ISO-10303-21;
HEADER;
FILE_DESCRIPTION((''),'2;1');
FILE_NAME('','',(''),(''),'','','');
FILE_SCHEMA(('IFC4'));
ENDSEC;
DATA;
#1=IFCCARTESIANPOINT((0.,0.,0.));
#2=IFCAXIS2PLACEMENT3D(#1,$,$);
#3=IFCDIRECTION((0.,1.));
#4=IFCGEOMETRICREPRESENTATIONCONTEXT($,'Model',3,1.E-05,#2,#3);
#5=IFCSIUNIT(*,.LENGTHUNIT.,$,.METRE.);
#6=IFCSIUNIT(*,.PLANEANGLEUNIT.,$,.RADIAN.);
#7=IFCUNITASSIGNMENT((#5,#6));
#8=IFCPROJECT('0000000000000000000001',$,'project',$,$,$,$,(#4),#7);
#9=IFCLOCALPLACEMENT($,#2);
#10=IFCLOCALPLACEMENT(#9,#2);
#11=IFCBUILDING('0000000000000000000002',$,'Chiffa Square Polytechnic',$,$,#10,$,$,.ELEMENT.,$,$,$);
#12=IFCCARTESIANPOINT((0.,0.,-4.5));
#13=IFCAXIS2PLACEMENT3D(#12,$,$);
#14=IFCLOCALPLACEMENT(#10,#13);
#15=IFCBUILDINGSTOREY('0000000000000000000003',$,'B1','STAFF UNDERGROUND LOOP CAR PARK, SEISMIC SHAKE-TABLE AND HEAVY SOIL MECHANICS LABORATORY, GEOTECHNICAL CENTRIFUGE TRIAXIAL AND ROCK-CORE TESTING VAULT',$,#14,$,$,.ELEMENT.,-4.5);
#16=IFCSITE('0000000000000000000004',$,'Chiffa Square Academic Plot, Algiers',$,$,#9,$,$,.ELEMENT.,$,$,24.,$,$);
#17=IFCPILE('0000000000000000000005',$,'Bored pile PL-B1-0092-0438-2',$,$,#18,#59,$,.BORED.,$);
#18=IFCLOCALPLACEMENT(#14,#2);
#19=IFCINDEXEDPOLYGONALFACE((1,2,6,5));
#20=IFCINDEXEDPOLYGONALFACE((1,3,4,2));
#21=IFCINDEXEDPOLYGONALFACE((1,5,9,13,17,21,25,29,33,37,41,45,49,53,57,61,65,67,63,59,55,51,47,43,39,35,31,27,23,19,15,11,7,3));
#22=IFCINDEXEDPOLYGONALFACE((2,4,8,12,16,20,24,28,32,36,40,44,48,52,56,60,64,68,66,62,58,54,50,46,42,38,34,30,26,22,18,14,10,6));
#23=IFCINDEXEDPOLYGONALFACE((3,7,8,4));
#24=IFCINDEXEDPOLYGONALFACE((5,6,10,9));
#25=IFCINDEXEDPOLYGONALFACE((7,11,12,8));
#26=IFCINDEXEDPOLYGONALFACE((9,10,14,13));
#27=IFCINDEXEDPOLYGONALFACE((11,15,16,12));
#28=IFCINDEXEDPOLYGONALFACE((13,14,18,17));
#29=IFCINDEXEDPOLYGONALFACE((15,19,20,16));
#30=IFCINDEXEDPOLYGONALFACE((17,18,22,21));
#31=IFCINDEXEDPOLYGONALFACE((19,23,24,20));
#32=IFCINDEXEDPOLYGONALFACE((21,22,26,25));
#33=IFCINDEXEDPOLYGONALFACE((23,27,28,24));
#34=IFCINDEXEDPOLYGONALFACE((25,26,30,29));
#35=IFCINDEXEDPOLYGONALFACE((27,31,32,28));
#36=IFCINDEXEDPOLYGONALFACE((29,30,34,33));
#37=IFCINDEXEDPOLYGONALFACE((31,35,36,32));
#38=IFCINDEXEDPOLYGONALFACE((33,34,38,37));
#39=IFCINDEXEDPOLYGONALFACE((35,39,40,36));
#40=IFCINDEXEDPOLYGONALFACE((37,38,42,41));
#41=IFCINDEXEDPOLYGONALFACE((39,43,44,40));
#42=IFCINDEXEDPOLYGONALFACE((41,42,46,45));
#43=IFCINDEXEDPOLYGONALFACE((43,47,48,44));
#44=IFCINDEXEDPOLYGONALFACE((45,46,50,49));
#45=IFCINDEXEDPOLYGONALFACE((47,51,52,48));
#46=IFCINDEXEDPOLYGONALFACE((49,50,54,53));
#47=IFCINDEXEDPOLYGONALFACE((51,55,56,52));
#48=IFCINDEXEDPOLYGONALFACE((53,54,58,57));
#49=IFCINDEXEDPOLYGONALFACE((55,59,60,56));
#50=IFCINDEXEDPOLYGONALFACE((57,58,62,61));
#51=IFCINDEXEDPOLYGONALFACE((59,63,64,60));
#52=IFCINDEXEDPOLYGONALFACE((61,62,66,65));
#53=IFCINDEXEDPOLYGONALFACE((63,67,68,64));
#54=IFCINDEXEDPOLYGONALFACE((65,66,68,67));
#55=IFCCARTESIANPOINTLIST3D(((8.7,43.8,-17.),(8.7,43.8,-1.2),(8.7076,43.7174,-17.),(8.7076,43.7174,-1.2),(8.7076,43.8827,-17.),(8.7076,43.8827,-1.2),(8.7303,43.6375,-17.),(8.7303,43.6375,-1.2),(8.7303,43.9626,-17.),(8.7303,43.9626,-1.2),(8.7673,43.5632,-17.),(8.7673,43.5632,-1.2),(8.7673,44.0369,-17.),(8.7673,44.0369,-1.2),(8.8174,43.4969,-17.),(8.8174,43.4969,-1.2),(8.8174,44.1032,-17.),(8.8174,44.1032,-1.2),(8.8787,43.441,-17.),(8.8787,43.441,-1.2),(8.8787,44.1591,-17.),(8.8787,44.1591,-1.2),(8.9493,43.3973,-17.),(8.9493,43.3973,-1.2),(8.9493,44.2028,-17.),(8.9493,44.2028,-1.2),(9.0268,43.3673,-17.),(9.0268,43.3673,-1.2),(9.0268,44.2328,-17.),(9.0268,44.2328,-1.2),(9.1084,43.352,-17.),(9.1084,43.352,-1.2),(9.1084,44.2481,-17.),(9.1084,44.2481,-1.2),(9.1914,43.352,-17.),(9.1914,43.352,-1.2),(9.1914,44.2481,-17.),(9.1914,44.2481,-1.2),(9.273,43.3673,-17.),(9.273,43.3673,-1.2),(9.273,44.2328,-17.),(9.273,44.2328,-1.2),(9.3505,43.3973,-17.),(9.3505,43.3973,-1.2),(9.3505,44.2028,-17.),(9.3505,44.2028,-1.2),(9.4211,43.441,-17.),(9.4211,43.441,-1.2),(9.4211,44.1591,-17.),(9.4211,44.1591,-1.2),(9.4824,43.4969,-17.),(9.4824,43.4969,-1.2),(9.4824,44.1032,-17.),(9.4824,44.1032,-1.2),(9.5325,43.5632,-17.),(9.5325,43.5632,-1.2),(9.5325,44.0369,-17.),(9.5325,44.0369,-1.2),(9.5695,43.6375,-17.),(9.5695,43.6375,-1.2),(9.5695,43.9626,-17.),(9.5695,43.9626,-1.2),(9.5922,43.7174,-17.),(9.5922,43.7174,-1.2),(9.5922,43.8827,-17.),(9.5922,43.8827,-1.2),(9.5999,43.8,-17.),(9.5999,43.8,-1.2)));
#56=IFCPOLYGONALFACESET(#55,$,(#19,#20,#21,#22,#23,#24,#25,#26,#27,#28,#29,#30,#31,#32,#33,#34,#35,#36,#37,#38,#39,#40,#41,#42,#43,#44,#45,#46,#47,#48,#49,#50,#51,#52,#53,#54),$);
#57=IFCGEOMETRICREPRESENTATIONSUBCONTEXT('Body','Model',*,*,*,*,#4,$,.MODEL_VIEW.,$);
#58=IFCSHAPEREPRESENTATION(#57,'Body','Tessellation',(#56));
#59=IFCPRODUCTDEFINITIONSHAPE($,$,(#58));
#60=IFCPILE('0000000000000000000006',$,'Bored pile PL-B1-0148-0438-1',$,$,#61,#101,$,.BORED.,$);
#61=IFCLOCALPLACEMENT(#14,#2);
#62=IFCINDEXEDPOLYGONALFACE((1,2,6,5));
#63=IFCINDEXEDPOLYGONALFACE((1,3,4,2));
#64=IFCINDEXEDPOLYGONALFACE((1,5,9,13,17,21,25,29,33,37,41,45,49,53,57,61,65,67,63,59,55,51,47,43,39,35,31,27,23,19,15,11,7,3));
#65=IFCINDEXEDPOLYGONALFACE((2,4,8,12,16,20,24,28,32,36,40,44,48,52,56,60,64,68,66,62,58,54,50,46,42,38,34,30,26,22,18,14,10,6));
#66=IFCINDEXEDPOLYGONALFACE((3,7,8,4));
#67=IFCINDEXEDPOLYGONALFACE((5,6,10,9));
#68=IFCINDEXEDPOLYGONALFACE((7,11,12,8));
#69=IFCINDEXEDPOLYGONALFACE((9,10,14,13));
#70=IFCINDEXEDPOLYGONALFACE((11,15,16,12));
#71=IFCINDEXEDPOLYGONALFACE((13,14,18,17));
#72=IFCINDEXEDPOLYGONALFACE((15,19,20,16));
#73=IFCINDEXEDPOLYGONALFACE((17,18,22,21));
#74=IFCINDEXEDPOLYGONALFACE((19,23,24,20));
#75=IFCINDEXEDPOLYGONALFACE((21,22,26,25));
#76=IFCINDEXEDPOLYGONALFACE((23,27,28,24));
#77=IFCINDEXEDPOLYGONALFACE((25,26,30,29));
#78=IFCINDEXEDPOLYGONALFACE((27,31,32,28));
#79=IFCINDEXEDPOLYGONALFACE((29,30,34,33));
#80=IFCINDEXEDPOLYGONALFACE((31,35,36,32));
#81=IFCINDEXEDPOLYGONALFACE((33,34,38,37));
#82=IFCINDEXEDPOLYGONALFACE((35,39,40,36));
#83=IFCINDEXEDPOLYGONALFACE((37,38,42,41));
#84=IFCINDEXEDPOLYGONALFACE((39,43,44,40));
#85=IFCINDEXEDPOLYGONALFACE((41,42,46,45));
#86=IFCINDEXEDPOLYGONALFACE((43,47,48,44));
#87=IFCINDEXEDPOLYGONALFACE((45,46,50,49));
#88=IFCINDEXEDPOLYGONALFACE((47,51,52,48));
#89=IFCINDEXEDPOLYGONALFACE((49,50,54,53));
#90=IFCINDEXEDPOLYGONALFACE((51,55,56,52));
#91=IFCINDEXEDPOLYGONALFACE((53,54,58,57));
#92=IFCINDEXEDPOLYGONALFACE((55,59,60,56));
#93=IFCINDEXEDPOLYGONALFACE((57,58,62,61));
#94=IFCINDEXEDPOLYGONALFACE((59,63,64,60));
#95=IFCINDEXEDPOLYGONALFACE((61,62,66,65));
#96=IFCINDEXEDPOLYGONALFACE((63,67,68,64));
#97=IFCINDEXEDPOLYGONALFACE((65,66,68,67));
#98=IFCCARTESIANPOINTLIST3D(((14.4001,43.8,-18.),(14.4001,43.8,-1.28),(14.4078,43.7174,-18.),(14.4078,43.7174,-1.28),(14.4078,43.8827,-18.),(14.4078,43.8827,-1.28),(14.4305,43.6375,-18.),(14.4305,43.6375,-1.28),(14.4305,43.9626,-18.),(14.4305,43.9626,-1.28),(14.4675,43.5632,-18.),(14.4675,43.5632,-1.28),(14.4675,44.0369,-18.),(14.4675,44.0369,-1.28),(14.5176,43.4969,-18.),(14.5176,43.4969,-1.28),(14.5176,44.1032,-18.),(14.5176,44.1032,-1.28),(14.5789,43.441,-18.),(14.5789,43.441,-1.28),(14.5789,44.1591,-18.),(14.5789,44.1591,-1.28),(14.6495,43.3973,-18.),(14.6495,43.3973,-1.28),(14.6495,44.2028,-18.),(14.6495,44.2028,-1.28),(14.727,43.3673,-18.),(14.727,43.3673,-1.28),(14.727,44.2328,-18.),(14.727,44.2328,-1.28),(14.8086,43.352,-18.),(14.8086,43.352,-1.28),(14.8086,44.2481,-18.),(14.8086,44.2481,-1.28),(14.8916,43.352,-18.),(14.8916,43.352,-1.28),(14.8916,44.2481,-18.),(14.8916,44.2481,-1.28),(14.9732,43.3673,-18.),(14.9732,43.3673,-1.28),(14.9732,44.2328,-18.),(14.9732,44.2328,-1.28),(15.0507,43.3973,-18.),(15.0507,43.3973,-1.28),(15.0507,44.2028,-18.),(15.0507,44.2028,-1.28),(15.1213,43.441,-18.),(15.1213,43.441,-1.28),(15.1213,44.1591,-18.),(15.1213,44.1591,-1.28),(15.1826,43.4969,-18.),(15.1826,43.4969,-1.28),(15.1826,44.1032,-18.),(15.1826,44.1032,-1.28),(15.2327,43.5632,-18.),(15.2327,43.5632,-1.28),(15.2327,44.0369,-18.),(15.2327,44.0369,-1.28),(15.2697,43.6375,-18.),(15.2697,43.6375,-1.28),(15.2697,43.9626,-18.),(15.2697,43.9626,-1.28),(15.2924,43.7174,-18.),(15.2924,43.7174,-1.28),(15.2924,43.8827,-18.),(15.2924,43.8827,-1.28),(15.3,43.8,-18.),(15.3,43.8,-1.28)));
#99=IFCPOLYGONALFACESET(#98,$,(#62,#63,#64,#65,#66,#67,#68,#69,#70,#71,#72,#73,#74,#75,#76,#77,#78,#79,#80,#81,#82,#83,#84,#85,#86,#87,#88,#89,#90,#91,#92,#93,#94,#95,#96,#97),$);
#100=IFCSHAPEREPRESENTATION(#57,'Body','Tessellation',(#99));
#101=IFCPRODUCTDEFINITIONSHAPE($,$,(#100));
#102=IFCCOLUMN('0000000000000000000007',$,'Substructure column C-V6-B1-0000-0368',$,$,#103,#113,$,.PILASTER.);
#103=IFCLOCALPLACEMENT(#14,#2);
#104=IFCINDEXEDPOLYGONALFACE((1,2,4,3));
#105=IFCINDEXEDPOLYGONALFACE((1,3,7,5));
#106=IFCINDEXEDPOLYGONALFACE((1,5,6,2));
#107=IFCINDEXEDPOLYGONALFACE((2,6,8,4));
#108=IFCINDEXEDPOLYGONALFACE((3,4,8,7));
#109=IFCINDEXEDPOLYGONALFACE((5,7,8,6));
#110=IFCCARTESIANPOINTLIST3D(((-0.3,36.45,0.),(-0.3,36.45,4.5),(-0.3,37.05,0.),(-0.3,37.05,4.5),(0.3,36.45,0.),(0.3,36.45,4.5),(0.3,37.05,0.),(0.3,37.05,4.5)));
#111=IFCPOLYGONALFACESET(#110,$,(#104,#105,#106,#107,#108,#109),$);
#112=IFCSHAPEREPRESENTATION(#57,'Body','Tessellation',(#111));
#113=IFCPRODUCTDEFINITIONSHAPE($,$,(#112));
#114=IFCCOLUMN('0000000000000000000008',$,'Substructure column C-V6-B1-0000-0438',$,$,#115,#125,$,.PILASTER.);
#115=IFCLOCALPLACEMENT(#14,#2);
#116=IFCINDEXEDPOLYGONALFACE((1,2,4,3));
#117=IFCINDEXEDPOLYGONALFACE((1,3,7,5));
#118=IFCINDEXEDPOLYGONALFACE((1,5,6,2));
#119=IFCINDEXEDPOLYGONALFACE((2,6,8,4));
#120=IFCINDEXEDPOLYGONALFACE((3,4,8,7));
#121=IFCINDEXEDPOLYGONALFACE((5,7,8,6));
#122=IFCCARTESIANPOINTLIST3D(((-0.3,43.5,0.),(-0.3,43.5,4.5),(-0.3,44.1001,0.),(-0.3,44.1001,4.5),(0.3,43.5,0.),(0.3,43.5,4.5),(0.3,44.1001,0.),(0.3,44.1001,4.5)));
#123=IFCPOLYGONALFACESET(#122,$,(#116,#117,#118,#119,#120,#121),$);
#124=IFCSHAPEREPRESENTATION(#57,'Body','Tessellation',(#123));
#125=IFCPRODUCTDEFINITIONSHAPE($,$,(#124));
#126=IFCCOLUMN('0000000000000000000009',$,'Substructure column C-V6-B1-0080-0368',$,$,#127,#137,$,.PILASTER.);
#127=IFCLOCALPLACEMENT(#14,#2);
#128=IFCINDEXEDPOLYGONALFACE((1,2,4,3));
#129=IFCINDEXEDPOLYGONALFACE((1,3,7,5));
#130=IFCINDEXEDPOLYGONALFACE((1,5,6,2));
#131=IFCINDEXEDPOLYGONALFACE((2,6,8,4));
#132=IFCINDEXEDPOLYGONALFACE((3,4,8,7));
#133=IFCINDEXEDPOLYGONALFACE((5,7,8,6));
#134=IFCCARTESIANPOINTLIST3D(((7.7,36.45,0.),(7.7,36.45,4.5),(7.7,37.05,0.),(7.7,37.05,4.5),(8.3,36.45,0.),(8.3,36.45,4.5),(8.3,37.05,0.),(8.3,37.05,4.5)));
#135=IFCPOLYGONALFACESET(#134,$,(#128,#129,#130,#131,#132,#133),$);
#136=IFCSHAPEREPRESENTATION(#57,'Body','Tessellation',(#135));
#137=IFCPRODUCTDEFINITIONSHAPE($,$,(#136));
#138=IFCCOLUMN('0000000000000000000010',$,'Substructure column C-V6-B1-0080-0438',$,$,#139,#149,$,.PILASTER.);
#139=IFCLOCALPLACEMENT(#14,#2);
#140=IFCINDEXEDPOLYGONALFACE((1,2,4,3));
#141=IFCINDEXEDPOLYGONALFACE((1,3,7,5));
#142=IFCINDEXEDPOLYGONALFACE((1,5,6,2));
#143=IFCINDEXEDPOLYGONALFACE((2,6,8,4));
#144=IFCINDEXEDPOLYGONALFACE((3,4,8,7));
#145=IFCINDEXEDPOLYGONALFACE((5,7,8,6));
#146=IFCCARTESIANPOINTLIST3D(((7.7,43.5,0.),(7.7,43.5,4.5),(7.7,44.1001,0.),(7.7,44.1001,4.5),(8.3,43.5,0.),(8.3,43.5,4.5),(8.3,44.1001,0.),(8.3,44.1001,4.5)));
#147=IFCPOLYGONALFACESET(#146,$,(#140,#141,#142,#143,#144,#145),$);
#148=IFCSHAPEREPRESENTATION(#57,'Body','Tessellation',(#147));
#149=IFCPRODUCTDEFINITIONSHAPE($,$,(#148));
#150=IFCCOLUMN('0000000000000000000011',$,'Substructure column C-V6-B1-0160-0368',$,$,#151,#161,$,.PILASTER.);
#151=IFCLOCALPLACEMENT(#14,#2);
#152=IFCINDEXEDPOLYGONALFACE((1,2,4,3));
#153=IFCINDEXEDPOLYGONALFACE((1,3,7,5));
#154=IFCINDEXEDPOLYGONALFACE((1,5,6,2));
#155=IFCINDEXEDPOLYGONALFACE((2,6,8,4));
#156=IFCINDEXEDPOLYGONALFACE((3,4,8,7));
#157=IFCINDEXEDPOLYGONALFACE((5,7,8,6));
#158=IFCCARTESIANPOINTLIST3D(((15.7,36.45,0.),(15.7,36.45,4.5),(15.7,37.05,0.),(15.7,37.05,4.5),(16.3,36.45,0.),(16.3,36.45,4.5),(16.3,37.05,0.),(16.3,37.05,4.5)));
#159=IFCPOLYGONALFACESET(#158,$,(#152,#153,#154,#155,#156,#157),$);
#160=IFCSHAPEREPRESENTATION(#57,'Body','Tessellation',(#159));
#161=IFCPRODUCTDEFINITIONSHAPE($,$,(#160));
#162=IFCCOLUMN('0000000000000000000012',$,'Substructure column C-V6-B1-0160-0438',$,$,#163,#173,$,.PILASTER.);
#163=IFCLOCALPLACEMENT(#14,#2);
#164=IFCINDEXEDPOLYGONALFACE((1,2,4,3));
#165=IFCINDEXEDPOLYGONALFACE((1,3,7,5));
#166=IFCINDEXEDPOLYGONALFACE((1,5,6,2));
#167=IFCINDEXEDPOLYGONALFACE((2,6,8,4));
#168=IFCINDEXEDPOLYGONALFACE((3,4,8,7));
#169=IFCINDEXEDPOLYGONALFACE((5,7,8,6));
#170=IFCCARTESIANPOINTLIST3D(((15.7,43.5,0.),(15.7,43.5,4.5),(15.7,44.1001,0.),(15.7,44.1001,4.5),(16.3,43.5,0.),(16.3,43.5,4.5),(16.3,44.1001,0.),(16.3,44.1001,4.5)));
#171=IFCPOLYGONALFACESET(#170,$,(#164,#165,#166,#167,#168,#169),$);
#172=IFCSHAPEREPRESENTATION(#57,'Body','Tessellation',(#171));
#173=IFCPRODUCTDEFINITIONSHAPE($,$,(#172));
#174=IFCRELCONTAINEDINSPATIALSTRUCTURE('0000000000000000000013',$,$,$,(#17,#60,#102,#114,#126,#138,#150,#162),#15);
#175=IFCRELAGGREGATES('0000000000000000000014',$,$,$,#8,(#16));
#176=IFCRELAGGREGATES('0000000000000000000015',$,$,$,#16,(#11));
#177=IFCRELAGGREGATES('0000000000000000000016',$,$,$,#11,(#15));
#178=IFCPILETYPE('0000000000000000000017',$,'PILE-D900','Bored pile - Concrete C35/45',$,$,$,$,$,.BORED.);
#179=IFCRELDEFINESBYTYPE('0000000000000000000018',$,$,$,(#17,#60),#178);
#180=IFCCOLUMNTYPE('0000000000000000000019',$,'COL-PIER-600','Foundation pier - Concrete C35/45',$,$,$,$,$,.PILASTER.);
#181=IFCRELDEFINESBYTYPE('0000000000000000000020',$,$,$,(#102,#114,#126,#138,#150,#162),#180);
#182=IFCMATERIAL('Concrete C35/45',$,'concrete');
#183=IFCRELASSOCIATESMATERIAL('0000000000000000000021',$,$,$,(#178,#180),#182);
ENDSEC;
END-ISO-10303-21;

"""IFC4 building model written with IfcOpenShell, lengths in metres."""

from ifc_helpers import new_model, si_unit, direction, frame, origin, origin_2d, place, context, subcontext, project, spatial, rectangle, circle, extrude, material, material_profile, profile_set, type_object, element, save


model = new_model("IFC4")

# Units and contexts
model_context = context("Model", 3, precision=1e-05, world=origin(), true_north=direction((0.0, 1.0)))
body_context = subcontext(model_context, "Body", "Model", "MODEL_VIEW")
ifc_project = project(units=[si_unit("LENGTHUNIT", "METRE"), si_unit("PLANEANGLEUNIT", "RADIAN")], contexts=[model_context])

# Site, building, storey
site_placement = place(None, origin())
site = spatial("IfcSite", under=ifc_project, at=site_placement, Name="Chiffa Square Academic Plot, Algiers", CompositionType="ELEMENT", RefElevation=24.0)
building_placement = place(site_placement, origin())
building = spatial("IfcBuilding", under=site, at=building_placement, Name="Chiffa Square Polytechnic", CompositionType="ELEMENT")
storey_placement = place(building_placement, frame((0.0, 0.0, -4.5)))
storey = spatial("IfcBuildingStorey", under=building, at=storey_placement, Name="B1", Description="STAFF UNDERGROUND LOOP CAR PARK, SEISMIC SHAKE-TABLE AND HEAVY SOIL MECHANICS LABORATORY, GEOTECHNICAL CENTRIFUGE TRIAXIAL AND ROCK-CORE TESTING VAULT", CompositionType="ELEMENT", Elevation=-4.5)

# Shared definitions
ifc_material = material(Name="Concrete C35/45", Category="concrete")

# Piles
ifc_material_profile_1 = material_profile(ifc_material, circle(Radius=0.45, at=origin_2d()), Name="PILE D900")
ifc_profile_set_1 = profile_set([ifc_material_profile_1], Name="Concrete C35/45")
pile_type_1 = type_object("IfcPileType", Name="PILE-D900", Description="Bored pile - Concrete C35/45", PredefinedType="BORED", material=ifc_profile_set_1)
for number, where, z_axis, x_axis, name in (
    (1, (9.1499, 43.8, -1.2), (0.0, 0.0, -1.0), (1.0, 0.0, 0.0), "Bored pile PL-B1-0092-0438-2"),
):
    element("IfcPile", number, at=place(storey_placement, frame(where, z_axis=z_axis, x_axis=x_axis)), inside=storey, type_object=pile_type_1, Name=name, PredefinedType="BORED", context=body_context, shape_type="SweptSolid", body=[
        extrude(circle(Radius=0.45, at=origin_2d()), origin(), (0.0, 0.0, 1.0), 15.8),
    ])
pile_1_placement = place(storey_placement, frame((14.8501, 43.8, -1.28), z_axis=(0.0, 0.0, -1.0), x_axis=(1.0, 0.0, 0.0)))
element("IfcPile", 2, at=pile_1_placement, inside=storey, type_object=pile_type_1, Name="Bored pile PL-B1-0148-0438-1", PredefinedType="BORED", context=body_context, shape_type="SweptSolid", body=[
    extrude(circle(Radius=0.45, at=origin_2d()), origin(), (0.0, 0.0, 1.0), 16.72),
])

# Columns
ifc_material_profile_2 = material_profile(ifc_material, rectangle(XDim=0.6001, YDim=0.6001, at=origin_2d()), Name="RC 600x600")
ifc_profile_set_2 = profile_set([ifc_material_profile_2], Name="Concrete C35/45")
column_type = type_object("IfcColumnType", Name="COL-PIER-600", Description="Foundation pier - Concrete C35/45", PredefinedType="PILASTER", material=ifc_profile_set_2)
for number, where, z_axis, x_axis, name in (
    (3, (0.0, 36.75, 0.0), (0.0, 0.0, 1.0), (1.0, 0.0, 0.0), "Substructure column C-V6-B1-0000-0368"),
    (4, (0.0, 43.8, 0.0), (0.0, 0.0, 1.0), (1.0, 0.0, 0.0), "Substructure column C-V6-B1-0000-0438"),
    (5, (8.0, 36.75, 0.0), (0.0, 0.0, 1.0), (1.0, 0.0, 0.0), "Substructure column C-V6-B1-0080-0368"),
    (6, (8.0, 43.8, 0.0), (0.0, 0.0, 1.0), (1.0, 0.0, 0.0), "Substructure column C-V6-B1-0080-0438"),
    (7, (16.0, 36.75, 0.0), (0.0, 0.0, 1.0), (1.0, 0.0, 0.0), "Substructure column C-V6-B1-0160-0368"),
    (8, (16.0, 43.8, 0.0), (0.0, 0.0, 1.0), (1.0, 0.0, 0.0), "Substructure column C-V6-B1-0160-0438"),
):
    element("IfcColumn", number, at=place(storey_placement, frame(where, z_axis=z_axis, x_axis=x_axis)), inside=storey, type_object=column_type, Name=name, PredefinedType="PILASTER", context=body_context, shape_type="SweptSolid", body=[
        extrude(rectangle(XDim=0.6001, YDim=0.6001, at=origin_2d()), origin(), (0.0, 0.0, 1.0), 4.5),
    ])

save(model, "model.ifc")
